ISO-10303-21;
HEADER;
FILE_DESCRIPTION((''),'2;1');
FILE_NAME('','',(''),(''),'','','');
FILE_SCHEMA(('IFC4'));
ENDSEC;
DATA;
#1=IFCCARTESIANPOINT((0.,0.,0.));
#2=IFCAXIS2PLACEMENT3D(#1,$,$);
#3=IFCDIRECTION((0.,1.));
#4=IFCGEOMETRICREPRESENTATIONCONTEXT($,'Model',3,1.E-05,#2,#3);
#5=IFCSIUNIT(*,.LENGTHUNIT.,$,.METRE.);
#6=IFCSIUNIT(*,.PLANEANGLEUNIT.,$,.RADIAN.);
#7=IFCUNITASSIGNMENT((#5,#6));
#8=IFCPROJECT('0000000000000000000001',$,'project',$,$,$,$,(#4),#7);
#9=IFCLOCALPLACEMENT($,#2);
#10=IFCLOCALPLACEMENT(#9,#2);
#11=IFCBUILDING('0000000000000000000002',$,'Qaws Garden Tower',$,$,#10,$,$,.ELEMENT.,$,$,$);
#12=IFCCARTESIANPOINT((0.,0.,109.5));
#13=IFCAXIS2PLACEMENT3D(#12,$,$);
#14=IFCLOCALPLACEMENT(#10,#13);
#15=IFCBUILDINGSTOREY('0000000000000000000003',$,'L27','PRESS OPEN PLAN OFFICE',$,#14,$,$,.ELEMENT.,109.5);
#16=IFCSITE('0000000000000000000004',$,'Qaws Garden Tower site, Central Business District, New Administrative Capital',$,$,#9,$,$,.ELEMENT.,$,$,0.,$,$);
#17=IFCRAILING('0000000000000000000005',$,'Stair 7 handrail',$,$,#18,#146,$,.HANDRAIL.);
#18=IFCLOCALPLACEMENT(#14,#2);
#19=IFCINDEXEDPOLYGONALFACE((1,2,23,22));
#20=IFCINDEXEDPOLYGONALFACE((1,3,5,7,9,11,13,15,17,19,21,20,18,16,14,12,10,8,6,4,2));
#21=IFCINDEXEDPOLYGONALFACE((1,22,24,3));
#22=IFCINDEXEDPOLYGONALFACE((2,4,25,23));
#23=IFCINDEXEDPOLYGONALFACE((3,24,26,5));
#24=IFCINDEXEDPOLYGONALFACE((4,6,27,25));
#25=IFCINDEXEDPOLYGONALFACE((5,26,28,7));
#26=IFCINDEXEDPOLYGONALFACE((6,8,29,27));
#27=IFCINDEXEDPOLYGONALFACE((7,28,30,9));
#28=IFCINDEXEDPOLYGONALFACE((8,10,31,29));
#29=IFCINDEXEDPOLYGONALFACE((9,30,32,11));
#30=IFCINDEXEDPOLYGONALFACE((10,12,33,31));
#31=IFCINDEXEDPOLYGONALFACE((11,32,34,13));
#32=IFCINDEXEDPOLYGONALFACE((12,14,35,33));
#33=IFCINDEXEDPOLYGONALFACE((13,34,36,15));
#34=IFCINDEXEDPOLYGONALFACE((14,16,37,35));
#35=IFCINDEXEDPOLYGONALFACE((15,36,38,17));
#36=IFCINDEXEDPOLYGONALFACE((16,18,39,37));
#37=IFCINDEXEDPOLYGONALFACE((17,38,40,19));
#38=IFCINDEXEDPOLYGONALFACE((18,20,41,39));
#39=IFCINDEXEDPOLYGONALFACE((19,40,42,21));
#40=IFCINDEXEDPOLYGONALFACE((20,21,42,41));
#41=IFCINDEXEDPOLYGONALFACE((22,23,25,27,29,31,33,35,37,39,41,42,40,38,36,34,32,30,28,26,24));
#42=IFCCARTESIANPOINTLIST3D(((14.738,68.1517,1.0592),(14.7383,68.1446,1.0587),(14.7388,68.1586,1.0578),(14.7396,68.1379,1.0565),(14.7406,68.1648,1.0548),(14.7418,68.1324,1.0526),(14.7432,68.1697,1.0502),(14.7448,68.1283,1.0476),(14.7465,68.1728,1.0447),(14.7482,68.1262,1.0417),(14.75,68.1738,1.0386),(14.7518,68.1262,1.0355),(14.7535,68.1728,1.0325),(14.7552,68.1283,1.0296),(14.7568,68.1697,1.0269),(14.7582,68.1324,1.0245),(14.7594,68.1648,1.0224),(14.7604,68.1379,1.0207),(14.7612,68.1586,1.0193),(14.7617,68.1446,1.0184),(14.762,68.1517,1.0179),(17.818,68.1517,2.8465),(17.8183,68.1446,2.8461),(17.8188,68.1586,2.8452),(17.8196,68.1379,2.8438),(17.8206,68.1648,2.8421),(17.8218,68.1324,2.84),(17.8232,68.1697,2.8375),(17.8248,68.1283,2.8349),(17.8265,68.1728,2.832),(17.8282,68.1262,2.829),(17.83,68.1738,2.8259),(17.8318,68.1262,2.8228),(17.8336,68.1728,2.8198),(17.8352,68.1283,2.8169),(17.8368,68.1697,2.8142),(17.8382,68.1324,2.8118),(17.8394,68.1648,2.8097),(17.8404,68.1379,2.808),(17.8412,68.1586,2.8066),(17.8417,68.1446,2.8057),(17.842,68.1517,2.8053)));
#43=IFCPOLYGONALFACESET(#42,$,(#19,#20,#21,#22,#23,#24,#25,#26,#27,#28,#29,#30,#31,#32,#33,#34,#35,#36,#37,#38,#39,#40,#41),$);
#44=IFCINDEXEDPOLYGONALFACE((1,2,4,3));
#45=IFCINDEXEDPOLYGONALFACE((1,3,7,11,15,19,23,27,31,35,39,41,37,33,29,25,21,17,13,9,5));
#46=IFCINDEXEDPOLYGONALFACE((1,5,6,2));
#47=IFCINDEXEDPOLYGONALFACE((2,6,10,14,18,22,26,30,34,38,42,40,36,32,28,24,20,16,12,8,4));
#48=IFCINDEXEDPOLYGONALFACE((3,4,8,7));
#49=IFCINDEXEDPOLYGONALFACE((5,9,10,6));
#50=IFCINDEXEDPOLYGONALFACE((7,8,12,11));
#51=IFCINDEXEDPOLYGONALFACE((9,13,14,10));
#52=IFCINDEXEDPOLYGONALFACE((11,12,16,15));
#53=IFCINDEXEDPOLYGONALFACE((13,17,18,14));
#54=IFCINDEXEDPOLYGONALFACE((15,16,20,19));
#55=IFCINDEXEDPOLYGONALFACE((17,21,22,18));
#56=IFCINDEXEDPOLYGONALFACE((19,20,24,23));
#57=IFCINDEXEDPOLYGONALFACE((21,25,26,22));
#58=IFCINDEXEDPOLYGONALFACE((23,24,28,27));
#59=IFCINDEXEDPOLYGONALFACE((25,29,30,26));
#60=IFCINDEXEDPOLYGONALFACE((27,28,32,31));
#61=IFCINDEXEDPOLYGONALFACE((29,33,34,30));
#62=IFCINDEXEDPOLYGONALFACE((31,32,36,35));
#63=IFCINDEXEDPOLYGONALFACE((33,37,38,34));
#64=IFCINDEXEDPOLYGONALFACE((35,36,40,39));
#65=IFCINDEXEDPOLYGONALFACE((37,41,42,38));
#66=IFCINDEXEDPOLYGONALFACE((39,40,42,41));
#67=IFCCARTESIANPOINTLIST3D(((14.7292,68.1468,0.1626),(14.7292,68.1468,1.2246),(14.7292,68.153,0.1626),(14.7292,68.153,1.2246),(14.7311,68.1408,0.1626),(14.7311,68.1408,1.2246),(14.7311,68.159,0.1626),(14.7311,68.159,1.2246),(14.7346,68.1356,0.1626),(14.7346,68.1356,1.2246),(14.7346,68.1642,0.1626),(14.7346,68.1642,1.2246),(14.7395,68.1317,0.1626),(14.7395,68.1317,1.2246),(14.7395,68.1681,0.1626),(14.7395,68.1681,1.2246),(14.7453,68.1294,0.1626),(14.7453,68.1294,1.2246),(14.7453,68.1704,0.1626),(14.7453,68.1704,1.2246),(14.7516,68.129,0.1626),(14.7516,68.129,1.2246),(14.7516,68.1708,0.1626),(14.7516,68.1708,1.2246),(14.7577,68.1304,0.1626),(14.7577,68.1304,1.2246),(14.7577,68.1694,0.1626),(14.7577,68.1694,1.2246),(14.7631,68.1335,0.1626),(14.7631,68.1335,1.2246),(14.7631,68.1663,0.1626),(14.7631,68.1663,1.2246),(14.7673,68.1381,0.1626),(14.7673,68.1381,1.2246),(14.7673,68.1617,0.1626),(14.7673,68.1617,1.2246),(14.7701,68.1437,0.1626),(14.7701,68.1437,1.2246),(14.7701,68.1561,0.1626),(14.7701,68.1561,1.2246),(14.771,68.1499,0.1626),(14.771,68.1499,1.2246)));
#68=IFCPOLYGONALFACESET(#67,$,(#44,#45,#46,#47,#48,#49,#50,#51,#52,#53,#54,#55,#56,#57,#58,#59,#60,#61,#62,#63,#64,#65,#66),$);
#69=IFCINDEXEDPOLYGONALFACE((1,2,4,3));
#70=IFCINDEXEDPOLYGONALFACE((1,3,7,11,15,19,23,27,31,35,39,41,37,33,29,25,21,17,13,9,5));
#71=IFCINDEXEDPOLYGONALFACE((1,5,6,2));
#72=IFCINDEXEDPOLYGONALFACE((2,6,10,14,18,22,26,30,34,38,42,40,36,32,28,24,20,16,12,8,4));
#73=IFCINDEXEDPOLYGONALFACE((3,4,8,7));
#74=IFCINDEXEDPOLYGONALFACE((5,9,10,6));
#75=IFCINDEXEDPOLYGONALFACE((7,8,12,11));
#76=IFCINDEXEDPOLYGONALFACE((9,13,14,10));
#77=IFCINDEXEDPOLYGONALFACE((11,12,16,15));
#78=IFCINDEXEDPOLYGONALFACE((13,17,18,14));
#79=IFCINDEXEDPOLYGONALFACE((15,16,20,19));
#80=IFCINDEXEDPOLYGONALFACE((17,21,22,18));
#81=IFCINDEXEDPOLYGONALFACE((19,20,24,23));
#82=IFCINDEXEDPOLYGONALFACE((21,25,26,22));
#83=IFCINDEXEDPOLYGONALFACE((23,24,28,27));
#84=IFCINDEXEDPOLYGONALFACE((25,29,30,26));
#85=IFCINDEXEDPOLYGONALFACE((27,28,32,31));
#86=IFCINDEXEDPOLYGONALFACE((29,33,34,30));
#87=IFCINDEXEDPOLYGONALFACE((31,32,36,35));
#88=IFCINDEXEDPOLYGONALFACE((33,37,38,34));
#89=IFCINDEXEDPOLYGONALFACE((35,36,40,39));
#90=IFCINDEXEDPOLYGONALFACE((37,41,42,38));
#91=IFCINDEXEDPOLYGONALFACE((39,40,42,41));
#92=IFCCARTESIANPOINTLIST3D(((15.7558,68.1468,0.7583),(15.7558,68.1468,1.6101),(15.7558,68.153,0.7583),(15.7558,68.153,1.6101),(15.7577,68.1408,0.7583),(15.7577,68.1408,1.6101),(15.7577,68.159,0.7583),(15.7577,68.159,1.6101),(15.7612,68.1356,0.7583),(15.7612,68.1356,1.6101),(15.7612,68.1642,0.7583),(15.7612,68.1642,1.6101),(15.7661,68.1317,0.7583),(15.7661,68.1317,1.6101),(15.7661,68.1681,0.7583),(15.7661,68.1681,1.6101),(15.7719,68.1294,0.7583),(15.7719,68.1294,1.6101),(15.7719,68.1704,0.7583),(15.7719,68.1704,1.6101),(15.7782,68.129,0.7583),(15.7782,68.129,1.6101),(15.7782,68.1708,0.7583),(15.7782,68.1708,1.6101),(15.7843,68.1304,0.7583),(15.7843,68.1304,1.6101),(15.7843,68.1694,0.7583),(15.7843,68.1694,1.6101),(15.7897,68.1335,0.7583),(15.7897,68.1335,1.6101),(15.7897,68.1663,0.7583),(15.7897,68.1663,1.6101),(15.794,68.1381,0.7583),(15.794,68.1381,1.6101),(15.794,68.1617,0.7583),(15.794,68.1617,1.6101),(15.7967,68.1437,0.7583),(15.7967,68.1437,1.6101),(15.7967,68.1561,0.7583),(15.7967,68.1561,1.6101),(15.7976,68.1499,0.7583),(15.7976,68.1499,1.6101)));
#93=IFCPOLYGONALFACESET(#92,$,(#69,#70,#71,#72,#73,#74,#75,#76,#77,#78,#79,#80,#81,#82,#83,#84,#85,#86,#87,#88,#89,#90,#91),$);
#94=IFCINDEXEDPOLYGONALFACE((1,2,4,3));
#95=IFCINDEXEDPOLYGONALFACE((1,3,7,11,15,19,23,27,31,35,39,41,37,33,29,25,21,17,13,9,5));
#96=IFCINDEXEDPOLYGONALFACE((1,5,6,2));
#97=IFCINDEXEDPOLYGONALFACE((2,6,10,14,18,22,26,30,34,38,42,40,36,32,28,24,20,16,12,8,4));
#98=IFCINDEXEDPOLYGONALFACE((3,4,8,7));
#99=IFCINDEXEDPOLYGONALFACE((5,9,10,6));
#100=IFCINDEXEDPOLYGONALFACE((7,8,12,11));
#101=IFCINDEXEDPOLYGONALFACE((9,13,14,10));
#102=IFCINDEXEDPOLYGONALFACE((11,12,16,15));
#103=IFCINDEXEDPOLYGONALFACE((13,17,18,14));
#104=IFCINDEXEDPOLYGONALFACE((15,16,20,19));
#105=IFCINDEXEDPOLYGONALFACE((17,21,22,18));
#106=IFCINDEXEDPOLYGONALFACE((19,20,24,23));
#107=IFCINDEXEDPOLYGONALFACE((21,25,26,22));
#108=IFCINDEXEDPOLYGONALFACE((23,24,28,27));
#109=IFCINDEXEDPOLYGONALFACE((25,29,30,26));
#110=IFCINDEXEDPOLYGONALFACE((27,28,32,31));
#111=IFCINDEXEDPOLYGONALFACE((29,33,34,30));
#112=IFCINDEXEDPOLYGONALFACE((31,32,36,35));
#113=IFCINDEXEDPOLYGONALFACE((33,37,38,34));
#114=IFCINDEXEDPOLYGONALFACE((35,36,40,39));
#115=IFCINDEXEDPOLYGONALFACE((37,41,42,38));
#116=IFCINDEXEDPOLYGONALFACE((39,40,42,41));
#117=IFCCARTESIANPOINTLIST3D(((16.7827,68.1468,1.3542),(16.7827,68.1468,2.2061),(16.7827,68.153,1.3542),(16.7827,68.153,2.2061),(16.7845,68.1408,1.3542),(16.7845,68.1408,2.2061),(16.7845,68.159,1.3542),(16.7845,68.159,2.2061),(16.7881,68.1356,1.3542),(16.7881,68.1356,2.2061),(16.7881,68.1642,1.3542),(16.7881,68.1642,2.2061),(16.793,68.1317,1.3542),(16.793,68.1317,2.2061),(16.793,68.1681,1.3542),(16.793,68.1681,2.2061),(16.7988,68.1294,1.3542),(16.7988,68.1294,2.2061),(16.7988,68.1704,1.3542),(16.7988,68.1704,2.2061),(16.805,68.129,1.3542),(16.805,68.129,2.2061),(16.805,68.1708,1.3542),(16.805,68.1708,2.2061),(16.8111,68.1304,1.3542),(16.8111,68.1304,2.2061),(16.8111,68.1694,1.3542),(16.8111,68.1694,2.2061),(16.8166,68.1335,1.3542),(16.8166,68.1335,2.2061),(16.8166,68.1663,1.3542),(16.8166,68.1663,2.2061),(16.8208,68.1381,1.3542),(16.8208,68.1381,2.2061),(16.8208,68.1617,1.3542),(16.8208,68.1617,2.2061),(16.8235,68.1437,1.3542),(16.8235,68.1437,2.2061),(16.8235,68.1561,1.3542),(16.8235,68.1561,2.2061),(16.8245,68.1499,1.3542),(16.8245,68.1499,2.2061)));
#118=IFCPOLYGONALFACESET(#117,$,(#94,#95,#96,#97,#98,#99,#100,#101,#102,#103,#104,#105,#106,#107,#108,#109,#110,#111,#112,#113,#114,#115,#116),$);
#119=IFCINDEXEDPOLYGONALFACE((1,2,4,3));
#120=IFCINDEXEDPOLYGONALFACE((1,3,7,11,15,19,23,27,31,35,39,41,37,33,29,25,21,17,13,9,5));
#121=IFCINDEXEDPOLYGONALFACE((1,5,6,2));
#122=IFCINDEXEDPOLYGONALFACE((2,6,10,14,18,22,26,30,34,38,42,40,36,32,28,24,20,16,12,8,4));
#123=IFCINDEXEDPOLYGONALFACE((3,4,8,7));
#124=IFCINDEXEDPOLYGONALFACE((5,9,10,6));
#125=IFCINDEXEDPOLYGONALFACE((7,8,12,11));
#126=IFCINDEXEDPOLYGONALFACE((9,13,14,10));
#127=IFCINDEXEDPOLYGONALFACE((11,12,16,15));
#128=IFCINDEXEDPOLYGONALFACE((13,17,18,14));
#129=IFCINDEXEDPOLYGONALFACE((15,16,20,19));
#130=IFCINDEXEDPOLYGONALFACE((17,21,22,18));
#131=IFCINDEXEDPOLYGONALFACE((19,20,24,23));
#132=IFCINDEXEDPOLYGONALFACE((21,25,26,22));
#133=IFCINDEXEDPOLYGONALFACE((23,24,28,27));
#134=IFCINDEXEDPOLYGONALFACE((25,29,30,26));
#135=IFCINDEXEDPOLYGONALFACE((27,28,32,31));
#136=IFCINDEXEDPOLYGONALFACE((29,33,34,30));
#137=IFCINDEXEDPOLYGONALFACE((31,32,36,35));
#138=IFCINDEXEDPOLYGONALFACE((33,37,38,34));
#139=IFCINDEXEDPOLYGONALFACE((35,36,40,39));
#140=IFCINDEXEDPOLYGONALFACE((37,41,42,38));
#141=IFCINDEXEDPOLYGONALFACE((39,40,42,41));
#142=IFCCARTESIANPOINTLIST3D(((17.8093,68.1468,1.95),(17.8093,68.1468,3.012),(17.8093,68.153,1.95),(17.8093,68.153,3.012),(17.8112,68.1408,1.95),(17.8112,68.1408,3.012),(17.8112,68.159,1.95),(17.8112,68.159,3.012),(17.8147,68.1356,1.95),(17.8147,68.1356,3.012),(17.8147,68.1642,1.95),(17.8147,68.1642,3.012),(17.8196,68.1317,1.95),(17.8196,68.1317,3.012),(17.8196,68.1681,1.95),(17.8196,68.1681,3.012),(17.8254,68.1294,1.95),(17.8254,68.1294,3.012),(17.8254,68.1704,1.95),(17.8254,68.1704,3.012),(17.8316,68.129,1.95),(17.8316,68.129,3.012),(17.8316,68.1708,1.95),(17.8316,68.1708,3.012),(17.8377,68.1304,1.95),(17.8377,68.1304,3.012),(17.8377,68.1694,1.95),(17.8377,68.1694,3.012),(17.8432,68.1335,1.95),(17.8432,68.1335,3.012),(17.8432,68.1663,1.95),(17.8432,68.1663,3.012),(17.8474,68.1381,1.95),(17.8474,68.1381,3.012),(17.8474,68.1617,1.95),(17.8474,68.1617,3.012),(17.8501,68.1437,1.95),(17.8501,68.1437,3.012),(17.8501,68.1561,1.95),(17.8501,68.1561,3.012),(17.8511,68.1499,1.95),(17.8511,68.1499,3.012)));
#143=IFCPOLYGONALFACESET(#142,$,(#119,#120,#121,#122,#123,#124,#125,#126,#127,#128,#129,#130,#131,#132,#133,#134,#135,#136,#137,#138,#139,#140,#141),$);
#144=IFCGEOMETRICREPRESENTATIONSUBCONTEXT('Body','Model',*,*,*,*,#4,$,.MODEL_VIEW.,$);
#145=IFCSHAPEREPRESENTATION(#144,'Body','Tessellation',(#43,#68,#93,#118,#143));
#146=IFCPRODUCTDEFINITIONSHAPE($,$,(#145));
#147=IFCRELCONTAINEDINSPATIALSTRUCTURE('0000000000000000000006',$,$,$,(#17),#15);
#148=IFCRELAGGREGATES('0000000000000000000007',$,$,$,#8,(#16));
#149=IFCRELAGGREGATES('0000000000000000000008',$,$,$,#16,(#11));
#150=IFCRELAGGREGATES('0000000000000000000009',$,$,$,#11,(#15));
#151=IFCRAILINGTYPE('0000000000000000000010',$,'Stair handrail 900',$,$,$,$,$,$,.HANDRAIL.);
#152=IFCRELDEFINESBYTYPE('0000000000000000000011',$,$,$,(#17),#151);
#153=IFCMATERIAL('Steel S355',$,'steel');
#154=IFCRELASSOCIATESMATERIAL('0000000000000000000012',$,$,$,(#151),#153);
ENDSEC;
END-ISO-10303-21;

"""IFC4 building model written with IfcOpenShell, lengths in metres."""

from ifc_helpers import new_model, si_unit, direction, frame, origin, origin_2d, place, context, subcontext, project, spatial, circle, extrude, material, type_object, element, save


model = new_model("IFC4")

# Units and contexts
model_context = context("Model", 3, precision=1e-05, world=origin(), true_north=direction((0.0, 1.0)))
body_context = subcontext(model_context, "Body", "Model", "MODEL_VIEW")
ifc_project = project(units=[si_unit("LENGTHUNIT", "METRE"), si_unit("PLANEANGLEUNIT", "RADIAN")], contexts=[model_context])

# Site, building, storey
site_placement = place(None, origin())
site = spatial("IfcSite", under=ifc_project, at=site_placement, Name="Qaws Garden Tower site, Central Business District, New Administrative Capital", CompositionType="ELEMENT", RefElevation=0.0)
building_placement = place(site_placement, origin())
building = spatial("IfcBuilding", under=site, at=building_placement, Name="Qaws Garden Tower", CompositionType="ELEMENT")
storey_placement = place(building_placement, frame((0.0, 0.0, 109.5)))
storey = spatial("IfcBuildingStorey", under=building, at=storey_placement, Name="L27", Description="PRESS OPEN PLAN OFFICE", CompositionType="ELEMENT", Elevation=109.5)

# Railing
ifc_material_1 = material(Name="Steel S355", Category="steel")
railing_type = type_object("IfcRailingType", Name="Stair handrail 900", PredefinedType="HANDRAIL", material=ifc_material_1)
railing_1_placement = place(storey_placement, frame((14.75, 68.1499, 0.1626)))
element("IfcRailing", 1, at=railing_1_placement, inside=storey, type_object=railing_type, Name="Stair 7 handrail", PredefinedType="HANDRAIL", context=body_context, shape_type="SweptSolid", body=[
    extrude(circle(Radius=0.0239, at=origin_2d()), frame((0.0, 0.0, 0.876), z_axis=(0.86492, 0.0, 0.501909), x_axis=(0.0, 1.0, 0.0)), (0.0, 0.0, 1.0), 3.561),
    extrude(circle(Radius=0.021, at=origin_2d()), origin(), (0.0, 0.0, 1.0), 1.062),
    extrude(circle(Radius=0.021, at=origin_2d()), frame((1.0266, 0.0, 0.5957)), (0.0, 0.0, 1.0), 0.8518),
    extrude(circle(Radius=0.021, at=origin_2d()), frame((2.0535, 0.0, 1.1917)), (0.0, 0.0, 1.0), 0.8518),
    extrude(circle(Radius=0.021, at=origin_2d()), frame((3.0801, 0.0, 1.7874)), (0.0, 0.0, 1.0), 1.062),
])

save(model, "model.ifc")
